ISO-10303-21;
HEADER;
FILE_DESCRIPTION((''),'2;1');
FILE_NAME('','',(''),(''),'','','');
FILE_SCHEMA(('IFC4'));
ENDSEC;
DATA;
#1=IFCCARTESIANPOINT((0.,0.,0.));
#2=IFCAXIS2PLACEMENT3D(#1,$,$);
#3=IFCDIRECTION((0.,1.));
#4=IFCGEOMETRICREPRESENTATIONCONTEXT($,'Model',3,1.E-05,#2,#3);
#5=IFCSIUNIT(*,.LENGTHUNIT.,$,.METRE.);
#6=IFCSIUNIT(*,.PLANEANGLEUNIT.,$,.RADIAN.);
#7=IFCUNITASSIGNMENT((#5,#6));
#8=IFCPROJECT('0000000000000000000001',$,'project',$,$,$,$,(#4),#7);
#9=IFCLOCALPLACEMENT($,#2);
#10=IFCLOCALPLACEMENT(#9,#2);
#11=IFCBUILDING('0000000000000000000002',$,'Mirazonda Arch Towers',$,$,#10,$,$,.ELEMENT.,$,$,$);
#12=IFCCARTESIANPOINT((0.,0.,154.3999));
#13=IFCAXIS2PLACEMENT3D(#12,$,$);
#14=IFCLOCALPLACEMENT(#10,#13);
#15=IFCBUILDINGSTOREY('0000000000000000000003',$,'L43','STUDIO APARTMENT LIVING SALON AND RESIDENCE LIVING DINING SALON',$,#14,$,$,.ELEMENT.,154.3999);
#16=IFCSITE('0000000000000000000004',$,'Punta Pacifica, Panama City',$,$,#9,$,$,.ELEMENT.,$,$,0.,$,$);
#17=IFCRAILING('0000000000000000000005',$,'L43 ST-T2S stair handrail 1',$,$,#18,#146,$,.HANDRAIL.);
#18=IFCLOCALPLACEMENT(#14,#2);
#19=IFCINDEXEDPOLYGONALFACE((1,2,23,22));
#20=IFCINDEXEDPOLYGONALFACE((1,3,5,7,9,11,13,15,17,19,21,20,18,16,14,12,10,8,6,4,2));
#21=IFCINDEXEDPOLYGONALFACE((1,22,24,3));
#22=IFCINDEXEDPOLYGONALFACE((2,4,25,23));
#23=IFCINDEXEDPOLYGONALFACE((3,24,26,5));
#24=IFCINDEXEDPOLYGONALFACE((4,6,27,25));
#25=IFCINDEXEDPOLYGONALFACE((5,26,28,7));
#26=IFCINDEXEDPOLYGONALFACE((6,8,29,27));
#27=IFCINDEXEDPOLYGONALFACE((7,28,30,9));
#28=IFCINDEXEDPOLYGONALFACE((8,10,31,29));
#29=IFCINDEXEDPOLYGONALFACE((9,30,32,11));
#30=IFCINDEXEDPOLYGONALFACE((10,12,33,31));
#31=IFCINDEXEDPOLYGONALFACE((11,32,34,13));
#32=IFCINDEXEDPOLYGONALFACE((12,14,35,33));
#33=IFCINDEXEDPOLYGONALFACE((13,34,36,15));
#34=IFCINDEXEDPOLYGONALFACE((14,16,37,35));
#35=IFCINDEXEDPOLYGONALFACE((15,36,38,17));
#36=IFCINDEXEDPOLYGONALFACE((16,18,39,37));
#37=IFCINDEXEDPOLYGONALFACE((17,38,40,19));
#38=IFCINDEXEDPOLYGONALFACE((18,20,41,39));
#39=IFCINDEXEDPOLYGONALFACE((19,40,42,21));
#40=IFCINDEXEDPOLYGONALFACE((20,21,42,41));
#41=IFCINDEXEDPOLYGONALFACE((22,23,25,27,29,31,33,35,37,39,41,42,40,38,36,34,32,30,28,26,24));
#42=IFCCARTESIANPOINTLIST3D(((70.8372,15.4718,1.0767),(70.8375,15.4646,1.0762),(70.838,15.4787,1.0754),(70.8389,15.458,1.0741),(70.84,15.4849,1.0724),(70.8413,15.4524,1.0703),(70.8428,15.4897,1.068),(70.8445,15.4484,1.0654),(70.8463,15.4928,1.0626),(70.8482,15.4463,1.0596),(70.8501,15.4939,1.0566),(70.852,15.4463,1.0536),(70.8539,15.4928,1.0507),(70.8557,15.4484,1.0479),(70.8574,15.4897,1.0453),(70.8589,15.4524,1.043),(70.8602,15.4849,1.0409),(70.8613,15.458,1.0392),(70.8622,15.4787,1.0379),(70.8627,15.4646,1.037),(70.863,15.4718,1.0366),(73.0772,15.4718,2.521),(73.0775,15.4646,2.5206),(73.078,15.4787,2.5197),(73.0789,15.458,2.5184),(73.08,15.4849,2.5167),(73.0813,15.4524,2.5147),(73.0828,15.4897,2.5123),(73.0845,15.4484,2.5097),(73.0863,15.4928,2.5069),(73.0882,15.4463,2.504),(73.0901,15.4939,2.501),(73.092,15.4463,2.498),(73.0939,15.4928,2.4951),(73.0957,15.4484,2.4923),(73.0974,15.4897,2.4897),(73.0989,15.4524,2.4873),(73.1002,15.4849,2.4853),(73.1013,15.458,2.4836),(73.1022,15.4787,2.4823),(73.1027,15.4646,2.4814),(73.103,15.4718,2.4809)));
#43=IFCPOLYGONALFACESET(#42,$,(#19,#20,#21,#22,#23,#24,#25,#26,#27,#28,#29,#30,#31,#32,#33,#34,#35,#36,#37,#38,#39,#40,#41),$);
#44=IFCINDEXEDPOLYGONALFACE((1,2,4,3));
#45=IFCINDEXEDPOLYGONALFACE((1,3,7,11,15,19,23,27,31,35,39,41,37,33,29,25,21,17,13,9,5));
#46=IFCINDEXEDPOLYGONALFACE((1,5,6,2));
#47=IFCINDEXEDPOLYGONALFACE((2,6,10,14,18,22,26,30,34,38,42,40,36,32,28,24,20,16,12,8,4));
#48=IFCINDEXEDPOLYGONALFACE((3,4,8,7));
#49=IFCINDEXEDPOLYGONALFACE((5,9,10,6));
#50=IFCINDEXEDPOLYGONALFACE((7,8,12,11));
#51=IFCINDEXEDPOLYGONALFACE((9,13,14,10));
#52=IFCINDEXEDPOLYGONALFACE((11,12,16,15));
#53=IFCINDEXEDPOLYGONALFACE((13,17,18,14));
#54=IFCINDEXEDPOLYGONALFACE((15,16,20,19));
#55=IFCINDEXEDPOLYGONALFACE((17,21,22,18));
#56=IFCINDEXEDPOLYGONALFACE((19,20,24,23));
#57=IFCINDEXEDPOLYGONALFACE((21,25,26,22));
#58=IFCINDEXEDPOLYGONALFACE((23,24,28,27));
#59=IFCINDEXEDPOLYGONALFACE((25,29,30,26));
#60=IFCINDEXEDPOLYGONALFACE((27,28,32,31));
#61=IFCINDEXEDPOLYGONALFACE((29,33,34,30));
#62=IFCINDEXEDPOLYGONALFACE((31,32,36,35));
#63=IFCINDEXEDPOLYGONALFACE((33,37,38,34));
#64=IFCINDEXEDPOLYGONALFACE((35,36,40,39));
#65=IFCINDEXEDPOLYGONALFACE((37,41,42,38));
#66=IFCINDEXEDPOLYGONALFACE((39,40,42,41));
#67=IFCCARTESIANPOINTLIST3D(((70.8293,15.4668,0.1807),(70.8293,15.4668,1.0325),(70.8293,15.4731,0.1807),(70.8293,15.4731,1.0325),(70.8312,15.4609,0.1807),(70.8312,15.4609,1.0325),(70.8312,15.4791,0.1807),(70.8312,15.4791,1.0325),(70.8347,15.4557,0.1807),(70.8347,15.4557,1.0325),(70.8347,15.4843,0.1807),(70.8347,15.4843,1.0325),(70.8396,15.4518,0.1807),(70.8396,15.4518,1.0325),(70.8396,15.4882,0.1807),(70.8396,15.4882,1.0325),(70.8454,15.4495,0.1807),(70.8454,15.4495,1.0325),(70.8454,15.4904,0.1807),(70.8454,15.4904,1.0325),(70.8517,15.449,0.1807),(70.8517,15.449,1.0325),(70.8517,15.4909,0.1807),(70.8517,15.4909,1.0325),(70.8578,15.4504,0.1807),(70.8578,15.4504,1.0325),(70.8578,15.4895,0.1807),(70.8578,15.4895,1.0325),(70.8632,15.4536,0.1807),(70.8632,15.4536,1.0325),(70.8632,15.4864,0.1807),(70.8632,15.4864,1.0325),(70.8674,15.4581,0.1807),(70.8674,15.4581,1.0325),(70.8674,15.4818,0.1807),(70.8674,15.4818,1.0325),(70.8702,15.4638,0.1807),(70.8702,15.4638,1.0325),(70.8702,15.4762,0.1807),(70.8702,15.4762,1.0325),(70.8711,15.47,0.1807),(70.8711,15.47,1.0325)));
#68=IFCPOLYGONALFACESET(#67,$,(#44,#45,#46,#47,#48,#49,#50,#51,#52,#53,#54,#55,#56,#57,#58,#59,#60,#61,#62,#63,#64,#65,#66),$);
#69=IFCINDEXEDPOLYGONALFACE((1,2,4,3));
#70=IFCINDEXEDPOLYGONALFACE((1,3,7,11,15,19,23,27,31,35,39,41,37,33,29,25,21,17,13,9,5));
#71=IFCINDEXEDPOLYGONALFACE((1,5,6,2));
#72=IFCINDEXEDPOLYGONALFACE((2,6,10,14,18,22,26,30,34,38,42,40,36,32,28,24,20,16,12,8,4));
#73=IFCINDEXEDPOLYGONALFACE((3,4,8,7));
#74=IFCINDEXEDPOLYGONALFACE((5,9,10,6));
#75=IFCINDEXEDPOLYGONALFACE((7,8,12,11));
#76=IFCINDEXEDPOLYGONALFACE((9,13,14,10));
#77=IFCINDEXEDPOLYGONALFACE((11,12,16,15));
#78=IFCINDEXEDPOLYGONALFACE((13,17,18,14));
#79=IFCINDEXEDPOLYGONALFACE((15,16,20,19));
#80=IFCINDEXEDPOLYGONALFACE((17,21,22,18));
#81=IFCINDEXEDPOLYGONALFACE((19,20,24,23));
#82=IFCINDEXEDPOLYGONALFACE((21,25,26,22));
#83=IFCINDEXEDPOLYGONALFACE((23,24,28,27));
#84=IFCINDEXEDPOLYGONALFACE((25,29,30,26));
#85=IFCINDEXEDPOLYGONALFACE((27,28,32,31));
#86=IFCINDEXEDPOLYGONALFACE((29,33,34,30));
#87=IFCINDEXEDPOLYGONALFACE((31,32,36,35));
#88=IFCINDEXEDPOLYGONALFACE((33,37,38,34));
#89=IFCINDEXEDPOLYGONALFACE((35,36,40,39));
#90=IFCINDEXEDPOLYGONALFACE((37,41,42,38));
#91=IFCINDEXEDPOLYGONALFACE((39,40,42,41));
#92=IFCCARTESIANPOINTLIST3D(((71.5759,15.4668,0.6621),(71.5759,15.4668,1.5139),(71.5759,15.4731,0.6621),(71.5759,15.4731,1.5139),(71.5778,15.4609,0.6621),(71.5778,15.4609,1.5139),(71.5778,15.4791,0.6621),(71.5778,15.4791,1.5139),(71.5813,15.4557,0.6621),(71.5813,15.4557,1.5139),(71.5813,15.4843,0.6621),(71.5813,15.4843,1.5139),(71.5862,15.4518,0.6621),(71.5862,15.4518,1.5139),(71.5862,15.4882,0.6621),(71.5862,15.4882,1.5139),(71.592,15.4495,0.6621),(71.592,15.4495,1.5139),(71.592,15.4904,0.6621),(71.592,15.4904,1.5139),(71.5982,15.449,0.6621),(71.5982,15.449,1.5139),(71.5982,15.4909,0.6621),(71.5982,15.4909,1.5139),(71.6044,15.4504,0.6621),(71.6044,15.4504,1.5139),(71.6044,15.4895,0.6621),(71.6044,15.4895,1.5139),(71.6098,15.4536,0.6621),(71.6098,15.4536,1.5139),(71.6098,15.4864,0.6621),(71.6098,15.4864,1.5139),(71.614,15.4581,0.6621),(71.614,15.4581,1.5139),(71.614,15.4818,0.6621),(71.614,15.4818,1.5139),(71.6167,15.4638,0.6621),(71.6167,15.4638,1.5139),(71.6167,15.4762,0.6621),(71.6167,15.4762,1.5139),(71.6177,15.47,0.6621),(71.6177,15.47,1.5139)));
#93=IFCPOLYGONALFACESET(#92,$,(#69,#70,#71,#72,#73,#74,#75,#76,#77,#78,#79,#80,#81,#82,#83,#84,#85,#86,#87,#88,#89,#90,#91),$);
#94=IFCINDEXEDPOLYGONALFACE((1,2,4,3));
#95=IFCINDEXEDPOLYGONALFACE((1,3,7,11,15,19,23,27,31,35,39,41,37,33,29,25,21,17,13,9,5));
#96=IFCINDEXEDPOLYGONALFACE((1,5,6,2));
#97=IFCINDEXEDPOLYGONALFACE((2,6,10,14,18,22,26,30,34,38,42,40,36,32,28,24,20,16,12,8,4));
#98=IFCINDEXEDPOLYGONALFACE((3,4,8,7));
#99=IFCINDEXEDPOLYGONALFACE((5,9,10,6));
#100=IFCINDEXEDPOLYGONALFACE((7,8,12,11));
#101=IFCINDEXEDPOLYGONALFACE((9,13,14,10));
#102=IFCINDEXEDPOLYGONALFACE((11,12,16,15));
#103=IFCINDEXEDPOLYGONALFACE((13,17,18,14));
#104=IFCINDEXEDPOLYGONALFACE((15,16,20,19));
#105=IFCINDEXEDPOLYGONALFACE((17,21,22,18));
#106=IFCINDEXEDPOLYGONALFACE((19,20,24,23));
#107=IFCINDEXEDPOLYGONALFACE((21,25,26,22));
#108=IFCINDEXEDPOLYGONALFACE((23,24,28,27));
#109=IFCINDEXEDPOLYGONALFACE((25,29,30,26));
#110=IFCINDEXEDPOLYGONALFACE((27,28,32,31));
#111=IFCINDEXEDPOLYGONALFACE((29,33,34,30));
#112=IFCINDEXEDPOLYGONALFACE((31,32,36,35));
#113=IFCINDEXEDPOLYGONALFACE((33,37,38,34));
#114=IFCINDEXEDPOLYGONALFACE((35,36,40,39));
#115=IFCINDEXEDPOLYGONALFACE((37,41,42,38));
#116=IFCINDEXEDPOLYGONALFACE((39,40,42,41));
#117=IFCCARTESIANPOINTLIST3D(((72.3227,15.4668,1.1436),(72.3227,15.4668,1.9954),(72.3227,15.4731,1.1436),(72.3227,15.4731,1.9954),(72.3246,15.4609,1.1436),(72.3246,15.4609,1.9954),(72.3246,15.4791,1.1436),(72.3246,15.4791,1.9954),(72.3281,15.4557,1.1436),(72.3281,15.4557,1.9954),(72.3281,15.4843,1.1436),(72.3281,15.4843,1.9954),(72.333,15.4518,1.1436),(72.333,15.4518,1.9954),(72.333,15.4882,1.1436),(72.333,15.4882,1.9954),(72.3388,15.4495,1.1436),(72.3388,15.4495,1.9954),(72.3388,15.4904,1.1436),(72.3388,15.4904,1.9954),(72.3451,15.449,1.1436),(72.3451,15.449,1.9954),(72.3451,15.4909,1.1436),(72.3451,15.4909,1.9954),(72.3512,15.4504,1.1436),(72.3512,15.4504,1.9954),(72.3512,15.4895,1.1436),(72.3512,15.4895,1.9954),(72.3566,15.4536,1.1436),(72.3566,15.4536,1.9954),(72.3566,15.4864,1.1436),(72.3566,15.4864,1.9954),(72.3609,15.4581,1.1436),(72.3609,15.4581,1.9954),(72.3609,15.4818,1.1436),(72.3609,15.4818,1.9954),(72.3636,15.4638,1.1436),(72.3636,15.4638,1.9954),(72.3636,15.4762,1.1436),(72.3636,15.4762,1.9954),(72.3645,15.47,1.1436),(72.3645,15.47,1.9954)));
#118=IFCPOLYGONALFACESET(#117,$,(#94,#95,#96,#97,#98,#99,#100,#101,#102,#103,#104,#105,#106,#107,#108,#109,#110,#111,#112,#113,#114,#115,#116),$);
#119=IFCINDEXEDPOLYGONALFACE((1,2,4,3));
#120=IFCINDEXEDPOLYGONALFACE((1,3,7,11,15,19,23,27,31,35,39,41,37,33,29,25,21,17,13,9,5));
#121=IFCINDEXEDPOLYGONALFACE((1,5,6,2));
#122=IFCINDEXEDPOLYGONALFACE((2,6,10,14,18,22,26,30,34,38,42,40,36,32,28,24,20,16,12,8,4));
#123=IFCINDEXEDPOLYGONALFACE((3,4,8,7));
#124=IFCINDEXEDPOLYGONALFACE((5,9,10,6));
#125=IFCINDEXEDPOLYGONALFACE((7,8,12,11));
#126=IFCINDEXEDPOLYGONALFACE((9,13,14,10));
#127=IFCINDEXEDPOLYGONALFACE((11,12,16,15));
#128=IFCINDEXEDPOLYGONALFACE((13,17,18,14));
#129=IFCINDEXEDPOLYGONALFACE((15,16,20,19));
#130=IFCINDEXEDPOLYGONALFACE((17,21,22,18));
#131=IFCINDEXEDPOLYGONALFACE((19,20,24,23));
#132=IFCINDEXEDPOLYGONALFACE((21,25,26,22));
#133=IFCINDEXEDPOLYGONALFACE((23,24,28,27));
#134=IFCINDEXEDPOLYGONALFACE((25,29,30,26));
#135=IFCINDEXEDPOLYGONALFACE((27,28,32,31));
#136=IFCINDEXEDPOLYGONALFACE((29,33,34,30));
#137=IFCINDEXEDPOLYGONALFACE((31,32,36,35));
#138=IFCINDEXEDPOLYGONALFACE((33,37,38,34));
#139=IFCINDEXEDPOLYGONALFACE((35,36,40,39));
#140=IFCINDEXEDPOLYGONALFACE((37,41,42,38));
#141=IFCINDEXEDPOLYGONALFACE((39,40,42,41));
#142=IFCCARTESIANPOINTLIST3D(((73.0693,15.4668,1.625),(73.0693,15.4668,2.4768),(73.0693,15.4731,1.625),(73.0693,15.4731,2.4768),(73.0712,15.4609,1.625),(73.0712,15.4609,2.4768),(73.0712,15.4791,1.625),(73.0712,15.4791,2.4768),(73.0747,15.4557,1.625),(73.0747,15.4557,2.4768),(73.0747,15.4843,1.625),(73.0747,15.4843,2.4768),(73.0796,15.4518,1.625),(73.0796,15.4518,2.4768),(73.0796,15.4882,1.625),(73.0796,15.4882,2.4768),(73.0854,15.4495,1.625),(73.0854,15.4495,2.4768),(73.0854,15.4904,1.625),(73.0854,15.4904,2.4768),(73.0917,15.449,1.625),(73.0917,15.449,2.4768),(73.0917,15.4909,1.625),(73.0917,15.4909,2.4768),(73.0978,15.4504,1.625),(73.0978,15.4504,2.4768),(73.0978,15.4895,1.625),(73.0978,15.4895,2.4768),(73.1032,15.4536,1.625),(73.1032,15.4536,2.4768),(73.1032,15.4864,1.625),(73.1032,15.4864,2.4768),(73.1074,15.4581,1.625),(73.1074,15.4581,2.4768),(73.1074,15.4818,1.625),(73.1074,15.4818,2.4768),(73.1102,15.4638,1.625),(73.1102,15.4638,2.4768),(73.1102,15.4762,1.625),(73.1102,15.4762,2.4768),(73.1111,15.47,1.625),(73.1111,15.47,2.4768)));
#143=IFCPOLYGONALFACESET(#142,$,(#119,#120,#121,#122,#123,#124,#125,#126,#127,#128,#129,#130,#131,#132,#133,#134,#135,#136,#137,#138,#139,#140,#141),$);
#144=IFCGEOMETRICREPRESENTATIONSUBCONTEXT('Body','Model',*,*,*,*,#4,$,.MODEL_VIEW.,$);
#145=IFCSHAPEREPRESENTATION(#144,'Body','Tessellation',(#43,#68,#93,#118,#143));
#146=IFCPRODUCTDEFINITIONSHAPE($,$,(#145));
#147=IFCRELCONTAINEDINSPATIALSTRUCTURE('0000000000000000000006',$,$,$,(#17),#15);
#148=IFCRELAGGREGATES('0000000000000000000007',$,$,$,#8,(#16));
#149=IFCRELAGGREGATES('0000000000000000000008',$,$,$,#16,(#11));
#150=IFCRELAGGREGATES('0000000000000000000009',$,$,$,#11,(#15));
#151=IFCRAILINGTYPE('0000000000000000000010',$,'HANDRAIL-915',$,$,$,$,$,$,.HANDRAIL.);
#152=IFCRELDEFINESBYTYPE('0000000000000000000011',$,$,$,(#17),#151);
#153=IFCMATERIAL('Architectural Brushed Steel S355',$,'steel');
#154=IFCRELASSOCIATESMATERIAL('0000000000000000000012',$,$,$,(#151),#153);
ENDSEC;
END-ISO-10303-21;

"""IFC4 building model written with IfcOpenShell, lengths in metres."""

from ifc_helpers import new_model, si_unit, direction, frame, origin, origin_2d, place, context, subcontext, project, spatial, circle, extrude, material, type_object, element, save


model = new_model("IFC4")

# Units and contexts
model_context = context("Model", 3, precision=1e-05, world=origin(), true_north=direction((0.0, 1.0)))
body_context = subcontext(model_context, "Body", "Model", "MODEL_VIEW")
ifc_project = project(units=[si_unit("LENGTHUNIT", "METRE"), si_unit("PLANEANGLEUNIT", "RADIAN")], contexts=[model_context])

# Site, building, storey
site_placement = place(None, origin())
site = spatial("IfcSite", under=ifc_project, at=site_placement, Name="Punta Pacifica, Panama City", CompositionType="ELEMENT", RefElevation=0.0)
building_placement = place(site_placement, origin())
building = spatial("IfcBuilding", under=site, at=building_placement, Name="Mirazonda Arch Towers", CompositionType="ELEMENT")
storey_placement = place(building_placement, frame((0.0, 0.0, 154.3999)))
storey = spatial("IfcBuildingStorey", under=building, at=storey_placement, Name="L43", Description="STUDIO APARTMENT LIVING SALON AND RESIDENCE LIVING DINING SALON", CompositionType="ELEMENT", Elevation=154.3999)

# Railing
ifc_material_1 = material(Name="Architectural Brushed Steel S355", Category="steel")
railing_type_1 = type_object("IfcRailingType", Name="HANDRAIL-915", PredefinedType="HANDRAIL", material=ifc_material_1)
railing_1_placement = place(storey_placement, frame((70.8501, 15.47, 0.1807)))
element("IfcRailing", 1, at=railing_1_placement, inside=storey, type_object=railing_type_1, Name="L43 ST-T2S stair handrail 1", PredefinedType="HANDRAIL", context=body_context, shape_type="SweptSolid", body=[
    extrude(circle(Radius=0.0239, at=origin_2d()), frame((0.0, 0.0, 0.876), z_axis=(0.840437, 0.0, 0.54191), x_axis=(0.0, 1.0, 0.0)), (0.0, 0.0, 1.0), 2.6653),
    extrude(circle(Radius=0.021, at=origin_2d()), origin(), (0.0, 0.0, 1.0), 0.8518),
    extrude(circle(Radius=0.021, at=origin_2d()), frame((0.7466, 0.0, 0.4814)), (0.0, 0.0, 1.0), 0.8518),
    extrude(circle(Radius=0.021, at=origin_2d()), frame((1.4934, 0.0, 0.9629)), (0.0, 0.0, 1.0), 0.8518),
    extrude(circle(Radius=0.021, at=origin_2d()), frame((2.24, 0.0, 1.4443)), (0.0, 0.0, 1.0), 0.8518),
])

save(model, "model.ifc")
